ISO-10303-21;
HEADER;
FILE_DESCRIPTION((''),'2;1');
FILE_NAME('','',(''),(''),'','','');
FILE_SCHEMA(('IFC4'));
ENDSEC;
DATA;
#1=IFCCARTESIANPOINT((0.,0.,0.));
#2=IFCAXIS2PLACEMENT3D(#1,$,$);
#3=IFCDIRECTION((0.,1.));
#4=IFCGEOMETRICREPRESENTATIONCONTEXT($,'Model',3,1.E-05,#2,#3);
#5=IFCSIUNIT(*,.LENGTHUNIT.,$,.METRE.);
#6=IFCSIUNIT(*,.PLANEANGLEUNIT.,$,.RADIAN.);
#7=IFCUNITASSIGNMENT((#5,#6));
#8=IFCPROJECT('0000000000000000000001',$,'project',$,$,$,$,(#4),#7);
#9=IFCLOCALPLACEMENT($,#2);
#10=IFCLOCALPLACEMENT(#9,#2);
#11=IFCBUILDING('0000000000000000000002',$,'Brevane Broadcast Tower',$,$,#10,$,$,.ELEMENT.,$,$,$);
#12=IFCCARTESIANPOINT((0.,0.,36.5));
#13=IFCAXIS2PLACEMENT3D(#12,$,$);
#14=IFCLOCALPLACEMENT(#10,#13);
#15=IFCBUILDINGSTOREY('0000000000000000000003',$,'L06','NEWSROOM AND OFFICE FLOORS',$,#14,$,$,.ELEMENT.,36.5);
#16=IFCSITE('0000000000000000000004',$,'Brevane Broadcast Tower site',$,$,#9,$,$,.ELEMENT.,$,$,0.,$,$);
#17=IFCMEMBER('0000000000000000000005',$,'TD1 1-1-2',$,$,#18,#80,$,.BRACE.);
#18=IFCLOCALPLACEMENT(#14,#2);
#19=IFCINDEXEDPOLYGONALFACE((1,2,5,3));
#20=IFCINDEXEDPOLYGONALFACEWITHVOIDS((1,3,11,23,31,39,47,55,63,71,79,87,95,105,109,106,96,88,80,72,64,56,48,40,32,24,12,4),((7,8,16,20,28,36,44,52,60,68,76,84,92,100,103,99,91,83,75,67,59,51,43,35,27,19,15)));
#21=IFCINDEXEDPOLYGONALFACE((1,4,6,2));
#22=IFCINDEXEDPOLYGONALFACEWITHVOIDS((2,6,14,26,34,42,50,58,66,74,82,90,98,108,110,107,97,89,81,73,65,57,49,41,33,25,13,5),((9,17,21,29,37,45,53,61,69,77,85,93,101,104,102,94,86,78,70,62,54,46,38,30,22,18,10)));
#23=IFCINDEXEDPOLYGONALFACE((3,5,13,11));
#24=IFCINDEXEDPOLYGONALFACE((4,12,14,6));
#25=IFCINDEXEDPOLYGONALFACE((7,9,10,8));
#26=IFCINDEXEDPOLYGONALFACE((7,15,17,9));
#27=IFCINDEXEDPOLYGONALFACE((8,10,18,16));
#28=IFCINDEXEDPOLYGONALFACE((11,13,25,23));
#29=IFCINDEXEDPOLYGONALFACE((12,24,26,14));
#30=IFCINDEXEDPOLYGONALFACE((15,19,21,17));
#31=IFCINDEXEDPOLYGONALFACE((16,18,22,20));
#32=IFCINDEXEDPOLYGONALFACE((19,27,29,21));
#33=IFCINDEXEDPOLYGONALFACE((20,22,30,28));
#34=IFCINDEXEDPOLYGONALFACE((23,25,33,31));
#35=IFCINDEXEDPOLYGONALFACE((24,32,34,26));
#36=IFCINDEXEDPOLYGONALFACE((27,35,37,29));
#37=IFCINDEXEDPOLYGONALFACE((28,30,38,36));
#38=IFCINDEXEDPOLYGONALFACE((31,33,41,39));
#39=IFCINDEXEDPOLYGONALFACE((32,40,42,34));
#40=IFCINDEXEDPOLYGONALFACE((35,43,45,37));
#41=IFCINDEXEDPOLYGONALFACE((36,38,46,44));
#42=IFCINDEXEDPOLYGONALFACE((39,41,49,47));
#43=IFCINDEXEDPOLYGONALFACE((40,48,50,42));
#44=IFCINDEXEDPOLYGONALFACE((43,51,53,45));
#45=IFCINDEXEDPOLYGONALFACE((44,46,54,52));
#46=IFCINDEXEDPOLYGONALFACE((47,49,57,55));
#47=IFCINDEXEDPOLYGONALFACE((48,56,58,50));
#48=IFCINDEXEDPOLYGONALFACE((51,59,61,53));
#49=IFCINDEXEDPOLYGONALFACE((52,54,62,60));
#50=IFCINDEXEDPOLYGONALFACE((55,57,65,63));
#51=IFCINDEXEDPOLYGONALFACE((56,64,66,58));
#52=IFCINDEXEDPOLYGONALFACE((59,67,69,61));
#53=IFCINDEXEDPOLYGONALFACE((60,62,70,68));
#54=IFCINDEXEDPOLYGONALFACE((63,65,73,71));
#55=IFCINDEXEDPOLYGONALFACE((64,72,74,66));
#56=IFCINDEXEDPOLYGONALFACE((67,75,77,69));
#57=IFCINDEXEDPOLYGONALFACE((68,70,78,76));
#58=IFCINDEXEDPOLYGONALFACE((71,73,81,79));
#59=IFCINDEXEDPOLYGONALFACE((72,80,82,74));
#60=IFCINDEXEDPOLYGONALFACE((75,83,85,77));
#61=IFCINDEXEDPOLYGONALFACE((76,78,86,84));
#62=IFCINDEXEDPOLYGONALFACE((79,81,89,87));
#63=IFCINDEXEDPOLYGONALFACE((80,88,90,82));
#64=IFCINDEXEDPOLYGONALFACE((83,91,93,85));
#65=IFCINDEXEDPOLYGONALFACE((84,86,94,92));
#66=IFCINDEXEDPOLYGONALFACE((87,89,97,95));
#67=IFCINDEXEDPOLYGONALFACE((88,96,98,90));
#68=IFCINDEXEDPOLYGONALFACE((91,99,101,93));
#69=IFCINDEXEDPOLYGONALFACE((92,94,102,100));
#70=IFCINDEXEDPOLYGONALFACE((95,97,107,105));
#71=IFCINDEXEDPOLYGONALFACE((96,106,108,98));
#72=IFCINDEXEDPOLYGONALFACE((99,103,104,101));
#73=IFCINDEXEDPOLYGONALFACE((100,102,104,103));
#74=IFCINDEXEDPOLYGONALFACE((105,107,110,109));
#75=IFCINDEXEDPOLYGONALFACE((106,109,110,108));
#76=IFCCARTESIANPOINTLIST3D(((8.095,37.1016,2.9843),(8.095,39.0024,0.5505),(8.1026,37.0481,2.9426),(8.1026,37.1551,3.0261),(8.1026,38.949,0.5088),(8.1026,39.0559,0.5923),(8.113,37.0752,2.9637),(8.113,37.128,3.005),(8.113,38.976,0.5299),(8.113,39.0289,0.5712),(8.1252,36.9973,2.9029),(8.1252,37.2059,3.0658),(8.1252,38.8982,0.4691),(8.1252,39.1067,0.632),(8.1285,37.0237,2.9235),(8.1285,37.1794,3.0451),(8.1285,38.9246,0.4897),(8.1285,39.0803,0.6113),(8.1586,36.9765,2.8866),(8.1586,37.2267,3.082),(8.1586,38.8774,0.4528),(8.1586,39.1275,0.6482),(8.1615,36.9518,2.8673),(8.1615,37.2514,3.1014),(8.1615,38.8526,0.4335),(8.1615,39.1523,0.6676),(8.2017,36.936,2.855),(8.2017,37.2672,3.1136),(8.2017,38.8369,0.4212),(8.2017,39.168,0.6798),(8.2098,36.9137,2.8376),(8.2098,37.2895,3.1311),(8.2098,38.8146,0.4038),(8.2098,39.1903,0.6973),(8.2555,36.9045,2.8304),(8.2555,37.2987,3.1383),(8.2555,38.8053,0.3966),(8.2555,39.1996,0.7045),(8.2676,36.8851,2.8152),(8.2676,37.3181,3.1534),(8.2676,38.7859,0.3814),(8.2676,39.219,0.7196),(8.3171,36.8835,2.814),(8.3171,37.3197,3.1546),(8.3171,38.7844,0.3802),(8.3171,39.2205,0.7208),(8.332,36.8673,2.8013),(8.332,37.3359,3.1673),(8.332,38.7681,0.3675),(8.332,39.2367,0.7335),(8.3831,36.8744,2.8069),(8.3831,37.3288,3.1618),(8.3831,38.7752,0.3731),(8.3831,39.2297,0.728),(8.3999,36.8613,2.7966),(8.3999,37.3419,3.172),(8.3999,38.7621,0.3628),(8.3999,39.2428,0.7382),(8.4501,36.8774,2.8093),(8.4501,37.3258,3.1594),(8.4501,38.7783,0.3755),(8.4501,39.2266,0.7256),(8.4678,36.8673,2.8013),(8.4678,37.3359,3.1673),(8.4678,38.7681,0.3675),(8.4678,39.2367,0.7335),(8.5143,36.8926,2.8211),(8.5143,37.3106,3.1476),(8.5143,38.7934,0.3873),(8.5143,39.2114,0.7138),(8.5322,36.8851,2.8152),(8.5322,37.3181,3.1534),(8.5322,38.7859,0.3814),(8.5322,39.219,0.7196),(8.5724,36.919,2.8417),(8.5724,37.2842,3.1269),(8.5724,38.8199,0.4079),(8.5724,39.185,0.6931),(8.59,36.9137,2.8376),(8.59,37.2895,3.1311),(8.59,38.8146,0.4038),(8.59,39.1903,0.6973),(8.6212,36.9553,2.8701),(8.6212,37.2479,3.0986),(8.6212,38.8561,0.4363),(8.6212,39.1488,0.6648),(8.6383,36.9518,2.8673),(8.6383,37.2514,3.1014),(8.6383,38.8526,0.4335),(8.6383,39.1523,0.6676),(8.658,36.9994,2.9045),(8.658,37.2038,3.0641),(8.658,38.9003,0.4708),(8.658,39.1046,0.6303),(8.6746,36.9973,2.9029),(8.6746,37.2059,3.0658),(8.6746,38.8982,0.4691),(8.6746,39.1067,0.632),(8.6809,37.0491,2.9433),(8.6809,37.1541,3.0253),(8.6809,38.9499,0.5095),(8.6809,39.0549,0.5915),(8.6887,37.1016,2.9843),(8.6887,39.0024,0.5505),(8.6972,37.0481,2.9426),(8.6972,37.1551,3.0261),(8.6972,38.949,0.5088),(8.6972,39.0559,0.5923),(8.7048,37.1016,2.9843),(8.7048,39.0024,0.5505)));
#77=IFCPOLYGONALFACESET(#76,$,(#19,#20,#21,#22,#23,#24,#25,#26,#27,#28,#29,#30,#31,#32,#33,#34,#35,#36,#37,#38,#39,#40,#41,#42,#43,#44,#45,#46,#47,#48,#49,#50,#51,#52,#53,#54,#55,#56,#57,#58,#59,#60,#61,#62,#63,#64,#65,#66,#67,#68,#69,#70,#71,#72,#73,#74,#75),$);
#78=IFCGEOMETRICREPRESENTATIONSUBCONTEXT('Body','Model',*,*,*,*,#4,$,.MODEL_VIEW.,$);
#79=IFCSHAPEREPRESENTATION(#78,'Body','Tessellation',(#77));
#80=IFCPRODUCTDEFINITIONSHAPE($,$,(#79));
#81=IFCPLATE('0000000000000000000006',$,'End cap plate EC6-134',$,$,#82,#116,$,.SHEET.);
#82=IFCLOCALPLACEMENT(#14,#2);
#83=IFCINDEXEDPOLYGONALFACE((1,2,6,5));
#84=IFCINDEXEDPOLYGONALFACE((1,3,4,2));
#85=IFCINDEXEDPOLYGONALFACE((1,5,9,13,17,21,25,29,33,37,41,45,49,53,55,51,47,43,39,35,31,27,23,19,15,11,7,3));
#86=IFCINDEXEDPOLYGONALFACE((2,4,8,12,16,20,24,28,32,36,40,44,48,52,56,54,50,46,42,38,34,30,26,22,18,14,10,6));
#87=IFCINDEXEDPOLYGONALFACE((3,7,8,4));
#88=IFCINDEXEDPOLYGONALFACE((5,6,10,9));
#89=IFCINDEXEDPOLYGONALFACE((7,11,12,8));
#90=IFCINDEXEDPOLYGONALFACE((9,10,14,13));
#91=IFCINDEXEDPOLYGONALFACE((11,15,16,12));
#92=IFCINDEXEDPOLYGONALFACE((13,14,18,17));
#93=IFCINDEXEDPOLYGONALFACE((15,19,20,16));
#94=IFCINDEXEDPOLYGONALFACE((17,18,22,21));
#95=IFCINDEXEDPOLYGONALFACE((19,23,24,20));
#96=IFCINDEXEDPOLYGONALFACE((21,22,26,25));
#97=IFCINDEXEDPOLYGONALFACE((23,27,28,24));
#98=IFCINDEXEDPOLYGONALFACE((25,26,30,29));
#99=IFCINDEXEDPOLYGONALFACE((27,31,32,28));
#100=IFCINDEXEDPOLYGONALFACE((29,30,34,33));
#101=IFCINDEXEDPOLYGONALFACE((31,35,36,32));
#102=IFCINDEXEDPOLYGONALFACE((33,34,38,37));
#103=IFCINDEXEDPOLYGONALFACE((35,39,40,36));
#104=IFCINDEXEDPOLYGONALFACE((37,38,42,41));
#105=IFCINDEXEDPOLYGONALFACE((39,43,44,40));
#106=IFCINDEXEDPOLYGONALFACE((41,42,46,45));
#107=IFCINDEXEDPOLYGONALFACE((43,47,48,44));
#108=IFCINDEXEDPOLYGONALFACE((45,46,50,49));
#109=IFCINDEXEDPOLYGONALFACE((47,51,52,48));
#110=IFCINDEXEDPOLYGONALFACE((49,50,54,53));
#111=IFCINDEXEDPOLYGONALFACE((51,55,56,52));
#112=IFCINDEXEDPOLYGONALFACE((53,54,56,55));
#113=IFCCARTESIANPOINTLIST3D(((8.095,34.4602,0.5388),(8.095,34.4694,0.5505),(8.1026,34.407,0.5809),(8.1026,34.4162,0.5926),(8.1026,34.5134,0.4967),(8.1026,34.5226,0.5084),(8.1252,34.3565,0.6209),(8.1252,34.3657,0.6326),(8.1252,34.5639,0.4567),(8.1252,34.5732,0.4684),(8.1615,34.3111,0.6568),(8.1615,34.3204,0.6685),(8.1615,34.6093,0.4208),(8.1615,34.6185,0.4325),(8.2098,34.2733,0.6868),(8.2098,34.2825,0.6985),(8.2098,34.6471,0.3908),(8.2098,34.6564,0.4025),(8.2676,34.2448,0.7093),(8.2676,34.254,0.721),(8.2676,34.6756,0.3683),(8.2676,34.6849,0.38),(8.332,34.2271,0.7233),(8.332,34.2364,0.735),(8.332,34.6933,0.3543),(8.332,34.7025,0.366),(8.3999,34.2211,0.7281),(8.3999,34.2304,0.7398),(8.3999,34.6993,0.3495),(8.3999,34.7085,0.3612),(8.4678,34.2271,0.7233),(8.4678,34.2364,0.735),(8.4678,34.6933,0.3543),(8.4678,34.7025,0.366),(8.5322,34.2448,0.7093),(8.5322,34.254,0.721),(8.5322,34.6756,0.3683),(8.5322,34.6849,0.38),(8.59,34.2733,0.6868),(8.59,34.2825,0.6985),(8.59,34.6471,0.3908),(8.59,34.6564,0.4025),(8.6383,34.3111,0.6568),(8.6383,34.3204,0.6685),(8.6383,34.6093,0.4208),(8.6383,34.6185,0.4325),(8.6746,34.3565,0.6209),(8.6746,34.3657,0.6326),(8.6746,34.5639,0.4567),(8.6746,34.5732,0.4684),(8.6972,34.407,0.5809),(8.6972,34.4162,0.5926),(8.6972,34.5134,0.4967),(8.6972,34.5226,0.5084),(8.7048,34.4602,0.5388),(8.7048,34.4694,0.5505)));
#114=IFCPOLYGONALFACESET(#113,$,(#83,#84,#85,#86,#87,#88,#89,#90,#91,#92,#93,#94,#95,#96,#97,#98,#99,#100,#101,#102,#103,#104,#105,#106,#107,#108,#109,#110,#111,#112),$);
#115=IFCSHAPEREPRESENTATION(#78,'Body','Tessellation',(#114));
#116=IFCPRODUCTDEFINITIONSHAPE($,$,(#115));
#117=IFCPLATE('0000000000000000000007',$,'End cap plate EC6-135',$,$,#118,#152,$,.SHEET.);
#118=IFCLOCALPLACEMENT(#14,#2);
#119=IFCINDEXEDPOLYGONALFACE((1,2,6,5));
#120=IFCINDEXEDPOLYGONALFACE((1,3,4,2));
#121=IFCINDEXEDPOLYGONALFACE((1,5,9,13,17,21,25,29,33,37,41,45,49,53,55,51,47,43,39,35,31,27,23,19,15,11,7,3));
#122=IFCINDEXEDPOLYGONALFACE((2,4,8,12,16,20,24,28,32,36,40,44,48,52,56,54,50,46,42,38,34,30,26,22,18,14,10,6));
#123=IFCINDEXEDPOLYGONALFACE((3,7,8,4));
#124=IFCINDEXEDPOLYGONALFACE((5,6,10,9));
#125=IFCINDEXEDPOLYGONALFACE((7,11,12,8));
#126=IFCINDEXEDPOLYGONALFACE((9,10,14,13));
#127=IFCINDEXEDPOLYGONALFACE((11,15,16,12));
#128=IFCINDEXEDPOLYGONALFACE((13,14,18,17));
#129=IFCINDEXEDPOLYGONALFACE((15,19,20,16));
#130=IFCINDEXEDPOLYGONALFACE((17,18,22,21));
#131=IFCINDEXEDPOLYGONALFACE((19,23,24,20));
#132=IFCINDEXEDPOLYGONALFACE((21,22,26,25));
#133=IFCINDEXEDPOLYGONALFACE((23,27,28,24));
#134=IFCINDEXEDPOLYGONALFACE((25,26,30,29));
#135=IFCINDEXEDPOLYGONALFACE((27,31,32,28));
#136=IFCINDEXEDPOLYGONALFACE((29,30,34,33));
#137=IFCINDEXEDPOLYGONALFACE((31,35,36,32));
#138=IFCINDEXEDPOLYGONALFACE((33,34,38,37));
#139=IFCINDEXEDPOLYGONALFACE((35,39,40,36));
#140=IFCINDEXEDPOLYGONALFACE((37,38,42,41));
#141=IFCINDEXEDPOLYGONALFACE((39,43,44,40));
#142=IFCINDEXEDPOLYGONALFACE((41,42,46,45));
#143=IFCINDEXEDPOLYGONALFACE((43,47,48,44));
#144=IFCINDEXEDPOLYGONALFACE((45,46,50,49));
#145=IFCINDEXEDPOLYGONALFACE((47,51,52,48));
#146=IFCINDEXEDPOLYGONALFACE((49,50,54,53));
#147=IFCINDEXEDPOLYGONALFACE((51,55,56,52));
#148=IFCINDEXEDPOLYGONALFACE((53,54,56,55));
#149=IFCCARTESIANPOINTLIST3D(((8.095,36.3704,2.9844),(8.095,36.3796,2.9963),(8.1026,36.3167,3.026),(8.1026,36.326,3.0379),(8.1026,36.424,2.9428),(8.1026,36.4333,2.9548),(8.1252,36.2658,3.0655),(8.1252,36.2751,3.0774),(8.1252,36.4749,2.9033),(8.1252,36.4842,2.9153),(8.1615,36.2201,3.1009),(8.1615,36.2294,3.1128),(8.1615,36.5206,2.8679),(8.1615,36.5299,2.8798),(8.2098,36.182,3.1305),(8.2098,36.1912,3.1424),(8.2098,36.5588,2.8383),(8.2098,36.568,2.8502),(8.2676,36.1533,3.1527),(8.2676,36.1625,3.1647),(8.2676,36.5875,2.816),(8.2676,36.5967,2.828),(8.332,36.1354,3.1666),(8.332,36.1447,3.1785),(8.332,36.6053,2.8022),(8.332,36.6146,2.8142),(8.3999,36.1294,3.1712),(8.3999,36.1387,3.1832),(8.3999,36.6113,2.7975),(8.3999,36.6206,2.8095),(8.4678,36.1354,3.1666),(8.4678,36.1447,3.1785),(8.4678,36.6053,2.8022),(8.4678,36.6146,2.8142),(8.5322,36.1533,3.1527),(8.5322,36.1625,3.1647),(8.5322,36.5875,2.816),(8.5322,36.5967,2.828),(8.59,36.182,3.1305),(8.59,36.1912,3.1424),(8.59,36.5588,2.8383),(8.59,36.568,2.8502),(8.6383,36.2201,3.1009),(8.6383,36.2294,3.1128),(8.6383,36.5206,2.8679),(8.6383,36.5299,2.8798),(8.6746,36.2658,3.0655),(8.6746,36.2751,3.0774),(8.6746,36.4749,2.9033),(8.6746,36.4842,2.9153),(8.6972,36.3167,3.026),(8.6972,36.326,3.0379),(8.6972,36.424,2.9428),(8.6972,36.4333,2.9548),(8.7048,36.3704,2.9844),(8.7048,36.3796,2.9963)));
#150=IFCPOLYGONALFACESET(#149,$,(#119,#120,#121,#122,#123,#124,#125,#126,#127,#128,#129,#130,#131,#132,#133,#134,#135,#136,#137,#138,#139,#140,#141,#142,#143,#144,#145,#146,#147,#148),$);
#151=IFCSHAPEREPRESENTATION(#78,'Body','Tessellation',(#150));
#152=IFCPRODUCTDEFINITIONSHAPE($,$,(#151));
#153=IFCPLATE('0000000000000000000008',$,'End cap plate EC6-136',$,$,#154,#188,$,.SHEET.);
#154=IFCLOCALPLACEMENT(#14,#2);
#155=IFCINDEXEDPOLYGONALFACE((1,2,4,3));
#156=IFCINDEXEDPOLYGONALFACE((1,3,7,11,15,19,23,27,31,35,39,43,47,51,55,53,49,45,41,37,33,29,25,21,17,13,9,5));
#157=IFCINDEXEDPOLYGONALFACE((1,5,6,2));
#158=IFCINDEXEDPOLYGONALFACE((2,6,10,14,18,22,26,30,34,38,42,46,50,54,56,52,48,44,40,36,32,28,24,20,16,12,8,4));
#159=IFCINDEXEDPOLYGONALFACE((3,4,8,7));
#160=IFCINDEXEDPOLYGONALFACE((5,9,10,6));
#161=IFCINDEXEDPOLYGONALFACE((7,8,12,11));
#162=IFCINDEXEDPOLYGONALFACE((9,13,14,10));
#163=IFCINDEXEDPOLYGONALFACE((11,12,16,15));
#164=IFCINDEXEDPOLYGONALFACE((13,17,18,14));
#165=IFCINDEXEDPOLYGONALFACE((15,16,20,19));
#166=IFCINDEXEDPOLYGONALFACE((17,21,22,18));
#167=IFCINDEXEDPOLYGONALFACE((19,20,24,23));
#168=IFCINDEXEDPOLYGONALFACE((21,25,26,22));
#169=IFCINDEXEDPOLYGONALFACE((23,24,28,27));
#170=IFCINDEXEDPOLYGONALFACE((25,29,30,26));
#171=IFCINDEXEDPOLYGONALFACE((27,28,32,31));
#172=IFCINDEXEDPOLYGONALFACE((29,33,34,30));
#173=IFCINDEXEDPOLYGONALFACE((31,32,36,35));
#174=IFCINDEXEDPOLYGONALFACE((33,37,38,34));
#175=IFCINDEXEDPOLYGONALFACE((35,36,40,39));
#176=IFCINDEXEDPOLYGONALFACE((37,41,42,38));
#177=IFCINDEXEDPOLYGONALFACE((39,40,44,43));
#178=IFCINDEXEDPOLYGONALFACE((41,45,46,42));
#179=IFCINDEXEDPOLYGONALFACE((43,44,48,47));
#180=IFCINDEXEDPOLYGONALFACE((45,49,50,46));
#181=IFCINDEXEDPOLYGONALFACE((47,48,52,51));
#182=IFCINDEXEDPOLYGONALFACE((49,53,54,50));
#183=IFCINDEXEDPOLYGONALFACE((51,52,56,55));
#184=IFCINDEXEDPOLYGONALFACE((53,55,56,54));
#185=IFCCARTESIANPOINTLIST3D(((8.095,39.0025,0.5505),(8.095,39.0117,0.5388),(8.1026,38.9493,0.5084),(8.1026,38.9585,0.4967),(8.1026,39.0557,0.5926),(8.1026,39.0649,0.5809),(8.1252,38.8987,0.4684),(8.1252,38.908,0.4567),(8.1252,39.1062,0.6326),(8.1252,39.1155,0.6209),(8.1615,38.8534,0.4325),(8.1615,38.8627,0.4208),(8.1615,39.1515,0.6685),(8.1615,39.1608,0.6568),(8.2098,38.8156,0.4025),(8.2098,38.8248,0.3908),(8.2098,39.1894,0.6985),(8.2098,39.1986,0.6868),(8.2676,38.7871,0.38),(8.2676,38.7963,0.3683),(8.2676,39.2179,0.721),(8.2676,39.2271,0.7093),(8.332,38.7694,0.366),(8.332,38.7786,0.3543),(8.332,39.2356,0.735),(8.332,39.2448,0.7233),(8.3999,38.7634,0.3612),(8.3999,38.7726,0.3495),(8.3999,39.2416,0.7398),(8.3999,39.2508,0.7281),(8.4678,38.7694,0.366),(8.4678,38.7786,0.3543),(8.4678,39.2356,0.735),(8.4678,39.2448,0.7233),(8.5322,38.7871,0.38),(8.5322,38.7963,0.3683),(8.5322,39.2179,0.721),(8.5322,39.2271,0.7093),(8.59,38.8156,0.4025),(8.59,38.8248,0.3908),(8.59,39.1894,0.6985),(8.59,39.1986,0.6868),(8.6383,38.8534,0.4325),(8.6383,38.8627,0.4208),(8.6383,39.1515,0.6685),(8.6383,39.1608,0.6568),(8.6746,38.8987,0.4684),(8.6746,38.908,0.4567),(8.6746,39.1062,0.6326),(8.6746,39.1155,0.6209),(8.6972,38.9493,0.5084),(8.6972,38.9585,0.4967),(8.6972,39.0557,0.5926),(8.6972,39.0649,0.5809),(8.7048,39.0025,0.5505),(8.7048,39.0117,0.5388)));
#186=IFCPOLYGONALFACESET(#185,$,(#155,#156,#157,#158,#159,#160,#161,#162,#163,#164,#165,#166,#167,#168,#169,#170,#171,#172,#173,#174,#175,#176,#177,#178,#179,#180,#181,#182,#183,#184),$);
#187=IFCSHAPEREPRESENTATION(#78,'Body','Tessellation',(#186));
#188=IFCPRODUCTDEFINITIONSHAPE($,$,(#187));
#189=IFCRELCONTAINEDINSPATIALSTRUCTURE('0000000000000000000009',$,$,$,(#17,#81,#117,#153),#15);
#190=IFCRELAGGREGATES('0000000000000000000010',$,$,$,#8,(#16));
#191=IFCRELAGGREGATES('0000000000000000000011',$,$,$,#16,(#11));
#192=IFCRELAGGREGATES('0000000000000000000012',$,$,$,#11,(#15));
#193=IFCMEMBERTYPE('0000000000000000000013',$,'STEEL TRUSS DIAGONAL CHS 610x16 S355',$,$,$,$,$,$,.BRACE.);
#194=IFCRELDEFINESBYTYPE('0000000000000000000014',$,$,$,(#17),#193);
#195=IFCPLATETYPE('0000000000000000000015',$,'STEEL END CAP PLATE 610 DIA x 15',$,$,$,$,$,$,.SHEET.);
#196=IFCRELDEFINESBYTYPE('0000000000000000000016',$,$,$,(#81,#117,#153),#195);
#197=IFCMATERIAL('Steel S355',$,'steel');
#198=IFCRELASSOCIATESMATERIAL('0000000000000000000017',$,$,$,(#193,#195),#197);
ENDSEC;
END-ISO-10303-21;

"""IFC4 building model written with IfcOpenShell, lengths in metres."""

from ifc_helpers import new_model, si_unit, direction, frame, origin, origin_2d, place, context, subcontext, project, spatial, circle, hollow_circle, extrude, material, material_profile, profile_set, type_object, element, save


model = new_model("IFC4")

# Units and contexts
model_context = context("Model", 3, precision=1e-05, world=origin(), true_north=direction((0.0, 1.0)))
body_context = subcontext(model_context, "Body", "Model", "MODEL_VIEW")
ifc_project = project(units=[si_unit("LENGTHUNIT", "METRE"), si_unit("PLANEANGLEUNIT", "RADIAN")], contexts=[model_context])

# Site, building, storey
site_placement = place(None, origin())
site = spatial("IfcSite", under=ifc_project, at=site_placement, Name="Brevane Broadcast Tower site", CompositionType="ELEMENT", RefElevation=0.0)
building_placement = place(site_placement, origin())
building = spatial("IfcBuilding", under=site, at=building_placement, Name="Brevane Broadcast Tower", CompositionType="ELEMENT")
storey_placement = place(building_placement, frame((0.0, 0.0, 36.5)))
storey = spatial("IfcBuildingStorey", under=building, at=storey_placement, Name="L06", Description="NEWSROOM AND OFFICE FLOORS", CompositionType="ELEMENT", Elevation=36.5)

# Member
ifc_material_1 = material(Name="Steel S355", Category="steel")
ifc_material_profile_1 = material_profile(ifc_material_1, hollow_circle(Radius=0.3049, WallThickness=0.0161, at=origin_2d()), Name="CHS 610x16")
ifc_profile_set_1 = profile_set([ifc_material_profile_1], Name="Steel S355")
member_type_1 = type_object("IfcMemberType", Name="STEEL TRUSS DIAGONAL CHS 610x16 S355", PredefinedType="BRACE", material=ifc_profile_set_1)
for number, where, z_axis, x_axis, name in (
    (1, (8.3999, 39.0024, 0.5505), (0.0, -0.615532, 0.788112), (1.0, 0.0, 0.0), "TD1 1-1-2"),
):
    element("IfcMember", number, at=place(storey_placement, frame(where, z_axis=z_axis, x_axis=x_axis)), inside=storey, type_object=member_type_1, Name=name, PredefinedType="BRACE", context=body_context, shape_type="SweptSolid", body=[
        extrude(hollow_circle(Radius=0.3049, WallThickness=0.0161, at=origin_2d()), origin(), (0.0, 0.0, 1.0), 3.0881),
    ])

# Plates
ifc_material_profile_2 = material_profile(ifc_material_1, circle(Radius=0.3049, at=origin_2d()), Name="PL 610 DIA x 15")
ifc_profile_set_2 = profile_set([ifc_material_profile_2], Name="Steel S355")
plate_type = type_object("IfcPlateType", Name="STEEL END CAP PLATE 610 DIA x 15", PredefinedType="SHEET", material=ifc_profile_set_2)
plate_1_placement = place(storey_placement, frame((8.3999, 34.4602, 0.5388), z_axis=(0.0, 0.620703, 0.784046), x_axis=(-1.0, 0.0, 0.0)))
element("IfcPlate", 2, at=plate_1_placement, inside=storey, type_object=plate_type, Name="End cap plate EC6-134", PredefinedType="SHEET", context=body_context, shape_type="SweptSolid", body=[
    extrude(circle(Radius=0.3049, at=origin_2d()), origin(), (0.0, 0.0, 1.0), 0.0149),
])
plate_2_placement = place(storey_placement, frame((8.3999, 36.3704, 2.9844), z_axis=(0.0, 0.612824, 0.79022), x_axis=(-1.0, 0.0, 0.0)))
element("IfcPlate", 3, at=plate_2_placement, inside=storey, type_object=plate_type, Name="End cap plate EC6-135", PredefinedType="SHEET", context=body_context, shape_type="SweptSolid", body=[
    extrude(circle(Radius=0.3049, at=origin_2d()), origin(), (0.0, 0.0, 1.0), 0.0151),
])
plate_3_placement = place(storey_placement, frame((8.3999, 39.0117, 0.5388), z_axis=(0.0, -0.620703, 0.784046), x_axis=(1.0, 0.0, 0.0)))
element("IfcPlate", 4, at=plate_3_placement, inside=storey, type_object=plate_type, Name="End cap plate EC6-136", PredefinedType="SHEET", context=body_context, shape_type="SweptSolid", body=[
    extrude(circle(Radius=0.3049, at=origin_2d()), origin(), (0.0, 0.0, 1.0), 0.0149),
])

save(model, "model.ifc")
